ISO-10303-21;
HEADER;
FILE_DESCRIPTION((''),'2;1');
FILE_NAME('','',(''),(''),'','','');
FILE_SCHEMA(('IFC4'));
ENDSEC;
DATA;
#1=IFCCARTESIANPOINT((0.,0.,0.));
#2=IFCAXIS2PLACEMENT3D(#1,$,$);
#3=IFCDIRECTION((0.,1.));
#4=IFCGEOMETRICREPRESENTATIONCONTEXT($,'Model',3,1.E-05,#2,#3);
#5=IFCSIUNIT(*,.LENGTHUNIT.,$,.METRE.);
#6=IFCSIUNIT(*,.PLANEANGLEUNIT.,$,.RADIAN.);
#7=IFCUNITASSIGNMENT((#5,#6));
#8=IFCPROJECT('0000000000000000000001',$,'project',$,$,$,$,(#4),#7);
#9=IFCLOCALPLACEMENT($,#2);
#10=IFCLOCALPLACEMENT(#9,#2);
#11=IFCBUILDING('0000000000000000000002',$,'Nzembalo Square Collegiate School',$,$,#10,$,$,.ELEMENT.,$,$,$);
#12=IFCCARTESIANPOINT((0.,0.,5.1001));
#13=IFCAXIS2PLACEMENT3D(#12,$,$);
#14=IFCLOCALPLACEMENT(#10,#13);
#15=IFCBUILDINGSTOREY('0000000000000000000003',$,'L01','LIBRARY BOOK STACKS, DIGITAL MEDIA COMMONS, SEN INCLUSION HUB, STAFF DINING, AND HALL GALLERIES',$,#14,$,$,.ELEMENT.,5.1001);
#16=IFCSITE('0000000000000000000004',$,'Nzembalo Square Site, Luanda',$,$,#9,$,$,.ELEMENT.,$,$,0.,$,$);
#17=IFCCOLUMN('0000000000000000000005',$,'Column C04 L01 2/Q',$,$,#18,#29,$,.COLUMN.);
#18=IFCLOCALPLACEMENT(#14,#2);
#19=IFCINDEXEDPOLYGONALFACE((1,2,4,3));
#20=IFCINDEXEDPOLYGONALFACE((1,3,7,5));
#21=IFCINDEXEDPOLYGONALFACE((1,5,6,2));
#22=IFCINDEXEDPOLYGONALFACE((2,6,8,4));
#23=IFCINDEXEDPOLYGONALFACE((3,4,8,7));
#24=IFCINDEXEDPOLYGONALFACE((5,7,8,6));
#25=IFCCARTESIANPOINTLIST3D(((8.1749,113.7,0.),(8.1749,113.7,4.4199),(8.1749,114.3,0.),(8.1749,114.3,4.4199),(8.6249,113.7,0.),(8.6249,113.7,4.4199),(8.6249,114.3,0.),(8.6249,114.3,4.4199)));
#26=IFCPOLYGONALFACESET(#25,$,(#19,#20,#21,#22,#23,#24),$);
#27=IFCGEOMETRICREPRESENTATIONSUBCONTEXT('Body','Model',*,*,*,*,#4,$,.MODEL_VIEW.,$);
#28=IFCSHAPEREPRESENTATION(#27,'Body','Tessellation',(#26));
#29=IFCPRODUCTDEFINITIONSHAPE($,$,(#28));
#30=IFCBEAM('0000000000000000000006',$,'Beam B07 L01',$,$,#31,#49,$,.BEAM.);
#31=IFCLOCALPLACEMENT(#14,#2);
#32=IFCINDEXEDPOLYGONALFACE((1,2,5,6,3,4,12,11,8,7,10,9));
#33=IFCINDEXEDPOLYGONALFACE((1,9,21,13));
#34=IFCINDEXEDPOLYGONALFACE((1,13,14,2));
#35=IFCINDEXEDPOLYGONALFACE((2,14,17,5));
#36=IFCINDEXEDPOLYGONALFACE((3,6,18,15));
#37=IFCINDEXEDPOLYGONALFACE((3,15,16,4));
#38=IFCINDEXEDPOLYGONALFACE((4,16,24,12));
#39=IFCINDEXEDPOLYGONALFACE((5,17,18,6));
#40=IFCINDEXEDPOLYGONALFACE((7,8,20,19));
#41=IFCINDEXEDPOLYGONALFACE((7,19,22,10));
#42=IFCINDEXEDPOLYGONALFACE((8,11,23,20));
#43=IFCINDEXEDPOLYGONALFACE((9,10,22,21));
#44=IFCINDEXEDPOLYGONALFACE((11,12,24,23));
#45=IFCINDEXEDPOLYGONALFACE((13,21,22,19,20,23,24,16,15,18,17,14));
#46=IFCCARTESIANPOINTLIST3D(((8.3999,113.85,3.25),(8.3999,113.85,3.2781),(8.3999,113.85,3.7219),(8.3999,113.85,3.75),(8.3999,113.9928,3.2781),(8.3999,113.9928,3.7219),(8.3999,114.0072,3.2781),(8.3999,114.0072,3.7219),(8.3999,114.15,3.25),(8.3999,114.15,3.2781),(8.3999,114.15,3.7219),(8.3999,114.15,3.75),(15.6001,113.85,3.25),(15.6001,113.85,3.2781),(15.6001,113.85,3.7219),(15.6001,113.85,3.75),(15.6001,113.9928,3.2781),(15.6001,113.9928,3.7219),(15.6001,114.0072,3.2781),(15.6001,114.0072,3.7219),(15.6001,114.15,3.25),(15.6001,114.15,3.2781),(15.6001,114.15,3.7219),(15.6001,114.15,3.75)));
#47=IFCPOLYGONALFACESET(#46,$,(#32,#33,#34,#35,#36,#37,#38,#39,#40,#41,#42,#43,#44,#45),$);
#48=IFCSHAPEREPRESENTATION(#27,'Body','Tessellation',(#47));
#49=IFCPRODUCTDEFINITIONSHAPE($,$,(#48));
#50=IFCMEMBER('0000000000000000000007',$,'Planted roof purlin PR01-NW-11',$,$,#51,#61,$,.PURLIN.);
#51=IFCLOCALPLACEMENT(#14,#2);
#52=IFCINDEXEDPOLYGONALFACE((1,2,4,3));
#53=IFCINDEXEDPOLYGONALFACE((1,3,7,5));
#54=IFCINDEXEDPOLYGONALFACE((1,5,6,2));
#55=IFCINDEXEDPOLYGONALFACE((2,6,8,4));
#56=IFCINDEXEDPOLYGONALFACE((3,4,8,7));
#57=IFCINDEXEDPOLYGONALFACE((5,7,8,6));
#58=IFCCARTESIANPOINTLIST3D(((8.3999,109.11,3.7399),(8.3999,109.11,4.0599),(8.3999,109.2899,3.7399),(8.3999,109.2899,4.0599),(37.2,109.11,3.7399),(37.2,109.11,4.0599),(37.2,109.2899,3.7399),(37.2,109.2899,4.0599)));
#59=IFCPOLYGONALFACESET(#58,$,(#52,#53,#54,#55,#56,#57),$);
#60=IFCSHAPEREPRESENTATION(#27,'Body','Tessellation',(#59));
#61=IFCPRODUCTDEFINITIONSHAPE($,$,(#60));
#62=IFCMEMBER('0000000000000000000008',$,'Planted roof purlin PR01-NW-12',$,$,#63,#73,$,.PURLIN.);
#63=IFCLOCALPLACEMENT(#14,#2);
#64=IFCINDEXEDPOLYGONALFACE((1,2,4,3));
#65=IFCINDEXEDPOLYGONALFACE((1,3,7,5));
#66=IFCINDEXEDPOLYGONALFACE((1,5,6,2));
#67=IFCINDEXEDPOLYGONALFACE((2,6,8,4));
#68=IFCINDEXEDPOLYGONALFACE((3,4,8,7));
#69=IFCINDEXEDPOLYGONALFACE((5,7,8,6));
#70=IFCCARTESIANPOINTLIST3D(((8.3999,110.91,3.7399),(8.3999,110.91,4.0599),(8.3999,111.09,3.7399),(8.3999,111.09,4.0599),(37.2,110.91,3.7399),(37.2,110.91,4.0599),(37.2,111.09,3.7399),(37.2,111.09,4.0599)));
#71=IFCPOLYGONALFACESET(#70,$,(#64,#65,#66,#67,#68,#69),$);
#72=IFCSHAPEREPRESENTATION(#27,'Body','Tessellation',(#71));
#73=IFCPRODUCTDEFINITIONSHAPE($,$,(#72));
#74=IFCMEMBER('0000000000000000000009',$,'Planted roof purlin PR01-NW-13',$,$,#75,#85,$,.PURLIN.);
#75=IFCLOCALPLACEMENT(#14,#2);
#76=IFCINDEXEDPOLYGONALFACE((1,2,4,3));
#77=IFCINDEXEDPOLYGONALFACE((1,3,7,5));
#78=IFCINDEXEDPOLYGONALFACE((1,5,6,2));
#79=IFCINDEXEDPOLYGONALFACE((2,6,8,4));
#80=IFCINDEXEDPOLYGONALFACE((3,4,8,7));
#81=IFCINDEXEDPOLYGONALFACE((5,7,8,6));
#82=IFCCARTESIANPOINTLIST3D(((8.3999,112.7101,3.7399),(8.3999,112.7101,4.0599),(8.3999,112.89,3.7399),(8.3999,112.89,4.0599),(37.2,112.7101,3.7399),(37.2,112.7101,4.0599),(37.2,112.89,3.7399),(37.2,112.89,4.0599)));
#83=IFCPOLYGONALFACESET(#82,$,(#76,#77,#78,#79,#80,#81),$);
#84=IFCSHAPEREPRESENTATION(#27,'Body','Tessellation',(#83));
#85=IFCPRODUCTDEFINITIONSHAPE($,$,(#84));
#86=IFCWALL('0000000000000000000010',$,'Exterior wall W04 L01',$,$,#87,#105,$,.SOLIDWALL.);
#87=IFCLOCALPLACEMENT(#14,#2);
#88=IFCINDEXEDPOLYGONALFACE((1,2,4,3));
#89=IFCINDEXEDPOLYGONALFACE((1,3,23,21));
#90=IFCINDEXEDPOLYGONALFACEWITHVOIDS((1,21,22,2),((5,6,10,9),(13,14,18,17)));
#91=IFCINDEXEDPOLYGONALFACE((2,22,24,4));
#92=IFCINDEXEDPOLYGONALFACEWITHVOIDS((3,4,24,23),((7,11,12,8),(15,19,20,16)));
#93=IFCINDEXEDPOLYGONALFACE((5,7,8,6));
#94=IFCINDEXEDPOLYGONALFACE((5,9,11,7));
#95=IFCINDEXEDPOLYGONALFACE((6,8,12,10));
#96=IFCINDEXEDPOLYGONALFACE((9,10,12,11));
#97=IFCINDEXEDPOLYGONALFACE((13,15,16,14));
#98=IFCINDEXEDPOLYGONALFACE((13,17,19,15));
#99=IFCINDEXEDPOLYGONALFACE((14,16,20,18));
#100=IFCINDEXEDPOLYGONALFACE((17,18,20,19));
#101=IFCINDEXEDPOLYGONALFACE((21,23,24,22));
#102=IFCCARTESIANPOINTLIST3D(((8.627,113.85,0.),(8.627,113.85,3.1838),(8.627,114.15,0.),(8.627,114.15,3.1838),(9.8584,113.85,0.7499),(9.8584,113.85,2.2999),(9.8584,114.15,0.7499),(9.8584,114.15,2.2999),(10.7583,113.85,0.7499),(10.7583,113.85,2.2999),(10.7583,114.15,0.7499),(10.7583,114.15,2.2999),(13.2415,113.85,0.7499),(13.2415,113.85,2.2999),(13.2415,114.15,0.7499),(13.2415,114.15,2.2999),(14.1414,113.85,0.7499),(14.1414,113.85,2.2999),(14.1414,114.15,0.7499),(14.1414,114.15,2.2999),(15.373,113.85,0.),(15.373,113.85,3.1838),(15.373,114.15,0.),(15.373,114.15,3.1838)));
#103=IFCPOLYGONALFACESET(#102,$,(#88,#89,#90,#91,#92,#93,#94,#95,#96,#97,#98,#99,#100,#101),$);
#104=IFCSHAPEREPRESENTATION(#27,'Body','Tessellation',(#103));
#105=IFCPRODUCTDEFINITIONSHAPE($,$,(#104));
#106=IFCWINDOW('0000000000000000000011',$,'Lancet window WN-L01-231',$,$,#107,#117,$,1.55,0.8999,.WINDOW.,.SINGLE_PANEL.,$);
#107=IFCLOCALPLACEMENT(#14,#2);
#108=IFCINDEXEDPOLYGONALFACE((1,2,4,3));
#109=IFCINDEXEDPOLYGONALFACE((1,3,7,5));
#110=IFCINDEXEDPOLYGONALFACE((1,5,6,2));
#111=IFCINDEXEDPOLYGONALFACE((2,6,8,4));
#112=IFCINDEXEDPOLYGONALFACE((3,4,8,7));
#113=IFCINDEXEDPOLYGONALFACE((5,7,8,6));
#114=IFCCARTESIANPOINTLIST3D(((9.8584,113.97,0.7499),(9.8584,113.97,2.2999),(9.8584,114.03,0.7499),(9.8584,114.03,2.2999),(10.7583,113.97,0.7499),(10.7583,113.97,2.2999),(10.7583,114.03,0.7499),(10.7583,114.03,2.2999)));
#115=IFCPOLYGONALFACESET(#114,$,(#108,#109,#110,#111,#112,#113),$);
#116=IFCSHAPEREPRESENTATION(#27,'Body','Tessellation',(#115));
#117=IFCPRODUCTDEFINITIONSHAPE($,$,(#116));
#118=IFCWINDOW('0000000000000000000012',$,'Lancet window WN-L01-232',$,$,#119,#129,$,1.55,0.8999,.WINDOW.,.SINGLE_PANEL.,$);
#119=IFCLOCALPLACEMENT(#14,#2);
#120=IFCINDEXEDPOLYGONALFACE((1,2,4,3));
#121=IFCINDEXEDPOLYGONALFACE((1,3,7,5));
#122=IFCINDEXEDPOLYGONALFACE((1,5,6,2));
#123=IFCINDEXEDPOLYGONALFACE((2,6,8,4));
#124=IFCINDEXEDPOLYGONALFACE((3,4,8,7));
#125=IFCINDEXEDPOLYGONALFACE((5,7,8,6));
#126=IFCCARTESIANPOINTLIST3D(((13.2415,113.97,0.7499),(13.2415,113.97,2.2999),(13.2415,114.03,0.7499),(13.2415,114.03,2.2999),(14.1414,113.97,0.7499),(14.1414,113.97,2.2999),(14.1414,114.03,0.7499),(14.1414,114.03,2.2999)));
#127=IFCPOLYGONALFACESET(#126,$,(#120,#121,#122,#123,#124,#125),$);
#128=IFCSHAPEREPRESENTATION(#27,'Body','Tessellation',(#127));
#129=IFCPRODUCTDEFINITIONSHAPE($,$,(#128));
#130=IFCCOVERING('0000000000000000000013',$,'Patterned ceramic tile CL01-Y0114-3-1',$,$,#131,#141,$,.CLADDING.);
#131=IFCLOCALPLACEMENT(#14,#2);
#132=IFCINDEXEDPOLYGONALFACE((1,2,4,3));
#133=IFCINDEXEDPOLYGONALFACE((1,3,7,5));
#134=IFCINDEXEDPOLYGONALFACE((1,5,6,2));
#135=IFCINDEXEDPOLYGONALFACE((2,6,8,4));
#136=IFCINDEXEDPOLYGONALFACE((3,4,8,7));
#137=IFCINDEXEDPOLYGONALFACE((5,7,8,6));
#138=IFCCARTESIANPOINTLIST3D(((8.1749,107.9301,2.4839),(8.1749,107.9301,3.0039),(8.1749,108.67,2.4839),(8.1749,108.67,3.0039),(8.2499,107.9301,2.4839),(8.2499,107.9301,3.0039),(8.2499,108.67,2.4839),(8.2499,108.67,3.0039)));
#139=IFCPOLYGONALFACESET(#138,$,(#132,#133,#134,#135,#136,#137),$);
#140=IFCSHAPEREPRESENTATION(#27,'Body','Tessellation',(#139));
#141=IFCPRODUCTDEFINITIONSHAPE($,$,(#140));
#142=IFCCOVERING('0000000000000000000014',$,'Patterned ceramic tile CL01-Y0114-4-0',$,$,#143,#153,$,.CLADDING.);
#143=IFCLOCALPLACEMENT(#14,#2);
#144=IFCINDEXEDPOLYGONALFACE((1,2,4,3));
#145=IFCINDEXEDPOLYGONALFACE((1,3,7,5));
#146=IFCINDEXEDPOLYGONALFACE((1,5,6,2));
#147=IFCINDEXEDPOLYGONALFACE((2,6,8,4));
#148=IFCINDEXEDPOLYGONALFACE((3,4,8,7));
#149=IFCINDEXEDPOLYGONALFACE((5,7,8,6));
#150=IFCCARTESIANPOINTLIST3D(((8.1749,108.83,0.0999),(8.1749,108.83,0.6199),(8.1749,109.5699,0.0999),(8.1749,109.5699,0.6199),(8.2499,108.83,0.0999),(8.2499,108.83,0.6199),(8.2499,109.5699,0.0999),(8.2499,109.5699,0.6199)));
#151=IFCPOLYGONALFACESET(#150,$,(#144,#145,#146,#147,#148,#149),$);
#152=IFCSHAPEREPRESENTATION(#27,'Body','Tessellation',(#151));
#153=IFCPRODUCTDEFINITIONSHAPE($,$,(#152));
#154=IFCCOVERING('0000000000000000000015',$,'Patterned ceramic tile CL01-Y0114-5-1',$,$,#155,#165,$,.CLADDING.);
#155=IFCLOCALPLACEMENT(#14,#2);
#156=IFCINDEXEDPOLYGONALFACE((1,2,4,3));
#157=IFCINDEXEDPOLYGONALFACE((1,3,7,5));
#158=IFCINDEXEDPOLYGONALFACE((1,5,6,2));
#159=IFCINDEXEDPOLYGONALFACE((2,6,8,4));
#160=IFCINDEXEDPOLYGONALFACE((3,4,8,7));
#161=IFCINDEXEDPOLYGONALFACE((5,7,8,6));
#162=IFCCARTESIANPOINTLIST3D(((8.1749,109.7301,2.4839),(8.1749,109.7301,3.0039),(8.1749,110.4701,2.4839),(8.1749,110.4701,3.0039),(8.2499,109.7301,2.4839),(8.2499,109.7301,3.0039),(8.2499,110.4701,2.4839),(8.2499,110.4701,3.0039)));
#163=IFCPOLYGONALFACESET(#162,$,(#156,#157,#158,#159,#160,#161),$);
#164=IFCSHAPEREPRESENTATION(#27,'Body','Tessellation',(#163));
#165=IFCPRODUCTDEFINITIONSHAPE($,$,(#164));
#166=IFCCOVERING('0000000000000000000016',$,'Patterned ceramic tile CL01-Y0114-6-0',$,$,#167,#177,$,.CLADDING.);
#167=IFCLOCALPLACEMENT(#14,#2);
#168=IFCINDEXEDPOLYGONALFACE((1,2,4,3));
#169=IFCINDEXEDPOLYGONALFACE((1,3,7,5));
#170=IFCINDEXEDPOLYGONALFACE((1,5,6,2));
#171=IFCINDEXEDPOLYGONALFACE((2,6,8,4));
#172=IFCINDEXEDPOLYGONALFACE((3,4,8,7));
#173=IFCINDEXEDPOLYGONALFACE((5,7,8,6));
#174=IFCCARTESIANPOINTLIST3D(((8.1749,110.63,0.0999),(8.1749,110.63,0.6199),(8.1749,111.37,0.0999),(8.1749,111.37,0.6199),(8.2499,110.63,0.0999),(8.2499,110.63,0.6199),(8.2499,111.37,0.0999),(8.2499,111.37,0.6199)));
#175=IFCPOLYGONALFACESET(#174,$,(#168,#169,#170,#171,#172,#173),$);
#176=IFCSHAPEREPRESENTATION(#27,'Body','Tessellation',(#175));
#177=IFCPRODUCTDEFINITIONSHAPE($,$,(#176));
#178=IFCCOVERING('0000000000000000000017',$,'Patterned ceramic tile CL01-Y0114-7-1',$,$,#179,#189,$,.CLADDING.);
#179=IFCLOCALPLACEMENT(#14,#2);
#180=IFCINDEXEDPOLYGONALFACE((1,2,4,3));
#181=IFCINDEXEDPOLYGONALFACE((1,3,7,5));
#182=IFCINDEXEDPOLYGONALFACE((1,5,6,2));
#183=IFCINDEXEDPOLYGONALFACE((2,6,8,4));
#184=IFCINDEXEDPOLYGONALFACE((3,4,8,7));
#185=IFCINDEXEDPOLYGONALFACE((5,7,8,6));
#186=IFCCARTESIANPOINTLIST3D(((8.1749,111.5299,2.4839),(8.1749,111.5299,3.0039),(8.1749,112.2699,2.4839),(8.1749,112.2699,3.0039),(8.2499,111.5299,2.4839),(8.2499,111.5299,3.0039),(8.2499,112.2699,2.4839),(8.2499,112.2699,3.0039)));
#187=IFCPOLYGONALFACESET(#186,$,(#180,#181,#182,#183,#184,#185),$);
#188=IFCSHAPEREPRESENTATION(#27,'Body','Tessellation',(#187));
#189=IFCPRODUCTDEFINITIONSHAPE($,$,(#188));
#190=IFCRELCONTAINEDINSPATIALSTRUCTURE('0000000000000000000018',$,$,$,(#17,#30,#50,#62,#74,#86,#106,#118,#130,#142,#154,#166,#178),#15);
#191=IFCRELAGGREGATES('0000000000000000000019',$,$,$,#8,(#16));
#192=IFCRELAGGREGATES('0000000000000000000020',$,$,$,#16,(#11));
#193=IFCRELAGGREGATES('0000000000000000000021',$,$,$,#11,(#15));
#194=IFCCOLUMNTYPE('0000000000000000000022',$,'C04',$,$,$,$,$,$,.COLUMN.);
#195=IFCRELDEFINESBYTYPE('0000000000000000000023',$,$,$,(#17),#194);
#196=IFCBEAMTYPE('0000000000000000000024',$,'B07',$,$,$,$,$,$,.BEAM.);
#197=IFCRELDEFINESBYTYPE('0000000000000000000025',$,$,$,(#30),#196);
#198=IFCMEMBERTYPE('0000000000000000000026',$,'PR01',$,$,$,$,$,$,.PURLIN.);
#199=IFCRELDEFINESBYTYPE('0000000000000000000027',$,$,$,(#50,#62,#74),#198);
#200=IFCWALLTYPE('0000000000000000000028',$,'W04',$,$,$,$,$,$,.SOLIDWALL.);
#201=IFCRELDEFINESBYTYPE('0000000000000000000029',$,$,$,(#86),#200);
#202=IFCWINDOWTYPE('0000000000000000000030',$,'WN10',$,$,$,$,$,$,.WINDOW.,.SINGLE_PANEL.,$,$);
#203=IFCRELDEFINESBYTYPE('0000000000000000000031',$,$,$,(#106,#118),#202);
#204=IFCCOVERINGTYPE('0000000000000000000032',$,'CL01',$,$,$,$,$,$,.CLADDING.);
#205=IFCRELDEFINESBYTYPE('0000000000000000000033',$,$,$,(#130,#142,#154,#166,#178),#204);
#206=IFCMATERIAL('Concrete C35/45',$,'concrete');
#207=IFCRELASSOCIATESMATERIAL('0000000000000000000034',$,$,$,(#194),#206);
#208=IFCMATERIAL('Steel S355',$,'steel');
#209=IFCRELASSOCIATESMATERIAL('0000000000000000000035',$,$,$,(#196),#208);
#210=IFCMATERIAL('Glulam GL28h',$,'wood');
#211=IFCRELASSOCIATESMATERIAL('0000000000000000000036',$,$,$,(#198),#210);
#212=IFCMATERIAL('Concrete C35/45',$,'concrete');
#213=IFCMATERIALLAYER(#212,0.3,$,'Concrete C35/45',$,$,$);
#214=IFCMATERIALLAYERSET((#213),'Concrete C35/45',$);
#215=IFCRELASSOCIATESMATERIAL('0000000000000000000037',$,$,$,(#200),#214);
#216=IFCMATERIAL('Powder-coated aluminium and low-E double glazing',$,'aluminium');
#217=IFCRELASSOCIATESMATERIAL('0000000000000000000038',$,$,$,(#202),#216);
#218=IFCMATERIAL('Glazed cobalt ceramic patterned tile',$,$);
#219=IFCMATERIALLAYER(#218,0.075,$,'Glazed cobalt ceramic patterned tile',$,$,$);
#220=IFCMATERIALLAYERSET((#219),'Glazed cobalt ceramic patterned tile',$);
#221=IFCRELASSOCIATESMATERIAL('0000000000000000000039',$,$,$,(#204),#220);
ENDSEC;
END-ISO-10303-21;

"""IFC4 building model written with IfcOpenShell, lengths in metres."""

from ifc_helpers import new_model, si_unit, direction, frame, frame_2d, origin, origin_2d, place, context, subcontext, project, spatial, rectangle, i_section, extrude, material, layer, layer_set, material_profile, profile_set, type_object, element, fill, save


model = new_model("IFC4")

# Units and contexts
model_context = context("Model", 3, precision=1e-05, world=origin(), true_north=direction((0.0, 1.0)))
body_context = subcontext(model_context, "Body", "Model", "MODEL_VIEW")
ifc_project = project(units=[si_unit("LENGTHUNIT", "METRE"), si_unit("PLANEANGLEUNIT", "RADIAN")], contexts=[model_context])

# Site, building, storey
site_placement = place(None, origin())
site = spatial("IfcSite", under=ifc_project, at=site_placement, Name="Nzembalo Square Site, Luanda", CompositionType="ELEMENT", RefElevation=0.0)
building_placement = place(site_placement, origin())
building = spatial("IfcBuilding", under=site, at=building_placement, Name="Nzembalo Square Collegiate School", CompositionType="ELEMENT")
storey_placement = place(building_placement, frame((0.0, 0.0, 5.1001)))
storey = spatial("IfcBuildingStorey", under=building, at=storey_placement, Name="L01", Description="LIBRARY BOOK STACKS, DIGITAL MEDIA COMMONS, SEN INCLUSION HUB, STAFF DINING, AND HALL GALLERIES", CompositionType="ELEMENT", Elevation=5.1001)

# Column
ifc_material_1 = material(Name="Concrete C35/45", Category="concrete")
ifc_material_profile_1 = material_profile(ifc_material_1, rectangle(XDim=0.45, YDim=0.6001, at=origin_2d()), Name="RC 450x600")
ifc_profile_set_1 = profile_set([ifc_material_profile_1], Name="Concrete C35/45")
column_type = type_object("IfcColumnType", Name="C04", PredefinedType="COLUMN", material=ifc_profile_set_1)
column_placement = place(storey_placement, frame((8.3999, 114.0, 0.0), z_axis=(0.0, 0.0, 1.0), x_axis=(1.0, 0.0, 0.0)))
element("IfcColumn", 1, at=column_placement, inside=storey, type_object=column_type, Name="Column C04 L01 2/Q", PredefinedType="COLUMN", context=body_context, shape_type="SweptSolid", body=[
    extrude(rectangle(XDim=0.45, YDim=0.6001, at=origin_2d()), origin(), (0.0, 0.0, 1.0), 4.4199),
])

# Beam
ifc_material_2 = material(Name="Steel S355", Category="steel")
ifc_material_profile_2 = material_profile(ifc_material_2, i_section(OverallWidth=0.3, OverallDepth=0.5, WebThickness=0.0144, FlangeThickness=0.0281, at=origin_2d()), Name="HEB 500")
ifc_profile_set_2 = profile_set([ifc_material_profile_2], Name="Steel S355")
beam_type = type_object("IfcBeamType", Name="B07", PredefinedType="BEAM", material=ifc_profile_set_2)
beam_placement = place(storey_placement, frame((8.3999, 114.0, 3.5), z_axis=(1.0, 0.0, 0.0), x_axis=(0.0, 1.0, 0.0)))
element("IfcBeam", 2, at=beam_placement, inside=storey, type_object=beam_type, Name="Beam B07 L01", PredefinedType="BEAM", context=body_context, shape_type="SweptSolid", body=[
    extrude(i_section(OverallWidth=0.3, OverallDepth=0.5, WebThickness=0.0144, FlangeThickness=0.0281, at=origin_2d()), origin(), (0.0, 0.0, 1.0), 7.2002),
])

# Members
ifc_material_3 = material(Name="Glulam GL28h", Category="wood")
ifc_material_profile_3 = material_profile(ifc_material_3, rectangle(XDim=0.1799, YDim=0.3201, at=origin_2d()), Name="GL28h 180x320")
ifc_profile_set_3 = profile_set([ifc_material_profile_3], Name="Glulam GL28h")
member_type = type_object("IfcMemberType", Name="PR01", PredefinedType="PURLIN", material=ifc_profile_set_3)
for number, where, z_axis, x_axis, name in (
    (3, (8.3999, 109.2, 3.8999), (1.0, 0.0, 0.0), (0.0, 1.0, 0.0), "Planted roof purlin PR01-NW-11"),
    (4, (8.3999, 111.0, 3.8999), (1.0, 0.0, 0.0), (0.0, 1.0, 0.0), "Planted roof purlin PR01-NW-12"),
    (5, (8.3999, 112.8, 3.8999), (1.0, 0.0, 0.0), (0.0, 1.0, 0.0), "Planted roof purlin PR01-NW-13"),
):
    element("IfcMember", number, at=place(storey_placement, frame(where, z_axis=z_axis, x_axis=x_axis)), inside=storey, type_object=member_type, Name=name, PredefinedType="PURLIN", context=body_context, shape_type="SweptSolid", body=[
        extrude(rectangle(XDim=0.1799, YDim=0.3201, at=origin_2d()), origin(), (0.0, 0.0, 1.0), 28.8),
    ])

# Wall, openings, windows
ifc_material_4 = material(Name="Concrete C35/45", Category="concrete")
ifc_layer_1 = layer(ifc_material_4, 0.3, Name="Concrete C35/45")
ifc_layer_set_1 = layer_set([ifc_layer_1], Name="Concrete C35/45")
wall_type = type_object("IfcWallType", Name="W04", PredefinedType="SOLIDWALL", material=ifc_layer_set_1)
wall_placement = place(storey_placement, frame((8.627, 114.0, 0.0), z_axis=(0.0, 0.0, 1.0), x_axis=(1.0, 0.0, 0.0)))
wall = element("IfcWall", 6, at=wall_placement, inside=storey, type_object=wall_type, Name="Exterior wall W04 L01", PredefinedType="SOLIDWALL", context=body_context, shape_type="SweptSolid", body=[
    extrude(rectangle(XDim=6.7461, YDim=0.3, at=frame_2d((3.373, 0.0))), origin(), (0.0, 0.0, 1.0), 3.1838),
])
opening_1_placement = place(wall_placement, frame((1.2314, 0.0, 0.75)))
opening_1 = element("IfcOpeningElement", 7, at=opening_1_placement, cuts=wall, PredefinedType="OPENING", context=body_context, shape_type="SweptSolid", body=[
    extrude(rectangle(XDim=0.8999, YDim=1.55, at=frame_2d((0.45, 0.7749))), frame((0.0, 0.1602, 0.0), z_axis=(0.0, -1.0, 0.0), x_axis=(1.0, 0.0, 0.0)), (0.0, 0.0, 1.0), 0.3201),
])
opening_2_placement = place(wall_placement, frame((4.6145, 0.0, 0.75)))
opening_2 = element("IfcOpeningElement", 8, at=opening_2_placement, cuts=wall, PredefinedType="OPENING", context=body_context, shape_type="SweptSolid", body=[
    extrude(rectangle(XDim=0.8999, YDim=1.55, at=frame_2d((0.45, 0.7749))), frame((0.0, 0.1602, 0.0), z_axis=(0.0, -1.0, 0.0), x_axis=(1.0, 0.0, 0.0)), (0.0, 0.0, 1.0), 0.3201),
])
ifc_material_5 = material(Name="Powder-coated aluminium and low-E double glazing", Category="aluminium")
window_type = type_object("IfcWindowType", Name="WN10", PartitioningType="SINGLE_PANEL", PredefinedType="WINDOW", material=ifc_material_5)
window_1_placement = place(opening_1_placement, origin())
window_1 = element("IfcWindow", 9, at=window_1_placement, inside=storey, type_object=window_type, Name="Lancet window WN-L01-231", OverallHeight=1.55, OverallWidth=0.8999, PartitioningType="SINGLE_PANEL", PredefinedType="WINDOW", context=body_context, shape_type="SweptSolid", body=[
    extrude(rectangle(XDim=0.8999, YDim=1.55, at=frame_2d((0.45, 0.7749))), frame((0.0, 0.03, 0.0), z_axis=(0.0, -1.0, 0.0), x_axis=(1.0, 0.0, 0.0)), (0.0, 0.0, 1.0), 0.0601),
])
fill(opening_1, window_1)
window_2_placement = place(opening_2_placement, origin())
window_2 = element("IfcWindow", 10, at=window_2_placement, inside=storey, type_object=window_type, Name="Lancet window WN-L01-232", OverallHeight=1.55, OverallWidth=0.8999, PartitioningType="SINGLE_PANEL", PredefinedType="WINDOW", context=body_context, shape_type="SweptSolid", body=[
    extrude(rectangle(XDim=0.8999, YDim=1.55, at=frame_2d((0.45, 0.7749))), frame((0.0, 0.03, 0.0), z_axis=(0.0, -1.0, 0.0), x_axis=(1.0, 0.0, 0.0)), (0.0, 0.0, 1.0), 0.0601),
])
fill(opening_2, window_2)

# Coverings
ifc_material_6 = material(Name="Glazed cobalt ceramic patterned tile")
ifc_layer_2 = layer(ifc_material_6, 0.075, Name="Glazed cobalt ceramic patterned tile")
ifc_layer_set_2 = layer_set([ifc_layer_2], Name="Glazed cobalt ceramic patterned tile")
covering_type_1 = type_object("IfcCoveringType", Name="CL01", PredefinedType="CLADDING", material=ifc_layer_set_2)
for number, where, z_axis, x_axis, name in (
    (11, (8.2124, 108.3, 2.4839), (0.0, 0.0, 1.0), (1.0, 0.0, 0.0), "Patterned ceramic tile CL01-Y0114-3-1"),
    (12, (8.2124, 109.2, 0.0999), (0.0, 0.0, 1.0), (1.0, 0.0, 0.0), "Patterned ceramic tile CL01-Y0114-4-0"),
    (13, (8.2124, 110.1001, 2.4839), (0.0, 0.0, 1.0), (1.0, 0.0, 0.0), "Patterned ceramic tile CL01-Y0114-5-1"),
    (14, (8.2124, 111.0, 0.0999), (0.0, 0.0, 1.0), (1.0, 0.0, 0.0), "Patterned ceramic tile CL01-Y0114-6-0"),
    (15, (8.2124, 111.8999, 2.4839), (0.0, 0.0, 1.0), (1.0, 0.0, 0.0), "Patterned ceramic tile CL01-Y0114-7-1"),
):
    element("IfcCovering", number, at=place(storey_placement, frame(where, z_axis=z_axis, x_axis=x_axis)), inside=storey, type_object=covering_type_1, Name=name, PredefinedType="CLADDING", context=body_context, shape_type="SweptSolid", body=[
        extrude(rectangle(XDim=0.075, YDim=0.74, at=origin_2d()), origin(), (0.0, 0.0, 1.0), 0.52),
    ])

save(model, "model.ifc")
